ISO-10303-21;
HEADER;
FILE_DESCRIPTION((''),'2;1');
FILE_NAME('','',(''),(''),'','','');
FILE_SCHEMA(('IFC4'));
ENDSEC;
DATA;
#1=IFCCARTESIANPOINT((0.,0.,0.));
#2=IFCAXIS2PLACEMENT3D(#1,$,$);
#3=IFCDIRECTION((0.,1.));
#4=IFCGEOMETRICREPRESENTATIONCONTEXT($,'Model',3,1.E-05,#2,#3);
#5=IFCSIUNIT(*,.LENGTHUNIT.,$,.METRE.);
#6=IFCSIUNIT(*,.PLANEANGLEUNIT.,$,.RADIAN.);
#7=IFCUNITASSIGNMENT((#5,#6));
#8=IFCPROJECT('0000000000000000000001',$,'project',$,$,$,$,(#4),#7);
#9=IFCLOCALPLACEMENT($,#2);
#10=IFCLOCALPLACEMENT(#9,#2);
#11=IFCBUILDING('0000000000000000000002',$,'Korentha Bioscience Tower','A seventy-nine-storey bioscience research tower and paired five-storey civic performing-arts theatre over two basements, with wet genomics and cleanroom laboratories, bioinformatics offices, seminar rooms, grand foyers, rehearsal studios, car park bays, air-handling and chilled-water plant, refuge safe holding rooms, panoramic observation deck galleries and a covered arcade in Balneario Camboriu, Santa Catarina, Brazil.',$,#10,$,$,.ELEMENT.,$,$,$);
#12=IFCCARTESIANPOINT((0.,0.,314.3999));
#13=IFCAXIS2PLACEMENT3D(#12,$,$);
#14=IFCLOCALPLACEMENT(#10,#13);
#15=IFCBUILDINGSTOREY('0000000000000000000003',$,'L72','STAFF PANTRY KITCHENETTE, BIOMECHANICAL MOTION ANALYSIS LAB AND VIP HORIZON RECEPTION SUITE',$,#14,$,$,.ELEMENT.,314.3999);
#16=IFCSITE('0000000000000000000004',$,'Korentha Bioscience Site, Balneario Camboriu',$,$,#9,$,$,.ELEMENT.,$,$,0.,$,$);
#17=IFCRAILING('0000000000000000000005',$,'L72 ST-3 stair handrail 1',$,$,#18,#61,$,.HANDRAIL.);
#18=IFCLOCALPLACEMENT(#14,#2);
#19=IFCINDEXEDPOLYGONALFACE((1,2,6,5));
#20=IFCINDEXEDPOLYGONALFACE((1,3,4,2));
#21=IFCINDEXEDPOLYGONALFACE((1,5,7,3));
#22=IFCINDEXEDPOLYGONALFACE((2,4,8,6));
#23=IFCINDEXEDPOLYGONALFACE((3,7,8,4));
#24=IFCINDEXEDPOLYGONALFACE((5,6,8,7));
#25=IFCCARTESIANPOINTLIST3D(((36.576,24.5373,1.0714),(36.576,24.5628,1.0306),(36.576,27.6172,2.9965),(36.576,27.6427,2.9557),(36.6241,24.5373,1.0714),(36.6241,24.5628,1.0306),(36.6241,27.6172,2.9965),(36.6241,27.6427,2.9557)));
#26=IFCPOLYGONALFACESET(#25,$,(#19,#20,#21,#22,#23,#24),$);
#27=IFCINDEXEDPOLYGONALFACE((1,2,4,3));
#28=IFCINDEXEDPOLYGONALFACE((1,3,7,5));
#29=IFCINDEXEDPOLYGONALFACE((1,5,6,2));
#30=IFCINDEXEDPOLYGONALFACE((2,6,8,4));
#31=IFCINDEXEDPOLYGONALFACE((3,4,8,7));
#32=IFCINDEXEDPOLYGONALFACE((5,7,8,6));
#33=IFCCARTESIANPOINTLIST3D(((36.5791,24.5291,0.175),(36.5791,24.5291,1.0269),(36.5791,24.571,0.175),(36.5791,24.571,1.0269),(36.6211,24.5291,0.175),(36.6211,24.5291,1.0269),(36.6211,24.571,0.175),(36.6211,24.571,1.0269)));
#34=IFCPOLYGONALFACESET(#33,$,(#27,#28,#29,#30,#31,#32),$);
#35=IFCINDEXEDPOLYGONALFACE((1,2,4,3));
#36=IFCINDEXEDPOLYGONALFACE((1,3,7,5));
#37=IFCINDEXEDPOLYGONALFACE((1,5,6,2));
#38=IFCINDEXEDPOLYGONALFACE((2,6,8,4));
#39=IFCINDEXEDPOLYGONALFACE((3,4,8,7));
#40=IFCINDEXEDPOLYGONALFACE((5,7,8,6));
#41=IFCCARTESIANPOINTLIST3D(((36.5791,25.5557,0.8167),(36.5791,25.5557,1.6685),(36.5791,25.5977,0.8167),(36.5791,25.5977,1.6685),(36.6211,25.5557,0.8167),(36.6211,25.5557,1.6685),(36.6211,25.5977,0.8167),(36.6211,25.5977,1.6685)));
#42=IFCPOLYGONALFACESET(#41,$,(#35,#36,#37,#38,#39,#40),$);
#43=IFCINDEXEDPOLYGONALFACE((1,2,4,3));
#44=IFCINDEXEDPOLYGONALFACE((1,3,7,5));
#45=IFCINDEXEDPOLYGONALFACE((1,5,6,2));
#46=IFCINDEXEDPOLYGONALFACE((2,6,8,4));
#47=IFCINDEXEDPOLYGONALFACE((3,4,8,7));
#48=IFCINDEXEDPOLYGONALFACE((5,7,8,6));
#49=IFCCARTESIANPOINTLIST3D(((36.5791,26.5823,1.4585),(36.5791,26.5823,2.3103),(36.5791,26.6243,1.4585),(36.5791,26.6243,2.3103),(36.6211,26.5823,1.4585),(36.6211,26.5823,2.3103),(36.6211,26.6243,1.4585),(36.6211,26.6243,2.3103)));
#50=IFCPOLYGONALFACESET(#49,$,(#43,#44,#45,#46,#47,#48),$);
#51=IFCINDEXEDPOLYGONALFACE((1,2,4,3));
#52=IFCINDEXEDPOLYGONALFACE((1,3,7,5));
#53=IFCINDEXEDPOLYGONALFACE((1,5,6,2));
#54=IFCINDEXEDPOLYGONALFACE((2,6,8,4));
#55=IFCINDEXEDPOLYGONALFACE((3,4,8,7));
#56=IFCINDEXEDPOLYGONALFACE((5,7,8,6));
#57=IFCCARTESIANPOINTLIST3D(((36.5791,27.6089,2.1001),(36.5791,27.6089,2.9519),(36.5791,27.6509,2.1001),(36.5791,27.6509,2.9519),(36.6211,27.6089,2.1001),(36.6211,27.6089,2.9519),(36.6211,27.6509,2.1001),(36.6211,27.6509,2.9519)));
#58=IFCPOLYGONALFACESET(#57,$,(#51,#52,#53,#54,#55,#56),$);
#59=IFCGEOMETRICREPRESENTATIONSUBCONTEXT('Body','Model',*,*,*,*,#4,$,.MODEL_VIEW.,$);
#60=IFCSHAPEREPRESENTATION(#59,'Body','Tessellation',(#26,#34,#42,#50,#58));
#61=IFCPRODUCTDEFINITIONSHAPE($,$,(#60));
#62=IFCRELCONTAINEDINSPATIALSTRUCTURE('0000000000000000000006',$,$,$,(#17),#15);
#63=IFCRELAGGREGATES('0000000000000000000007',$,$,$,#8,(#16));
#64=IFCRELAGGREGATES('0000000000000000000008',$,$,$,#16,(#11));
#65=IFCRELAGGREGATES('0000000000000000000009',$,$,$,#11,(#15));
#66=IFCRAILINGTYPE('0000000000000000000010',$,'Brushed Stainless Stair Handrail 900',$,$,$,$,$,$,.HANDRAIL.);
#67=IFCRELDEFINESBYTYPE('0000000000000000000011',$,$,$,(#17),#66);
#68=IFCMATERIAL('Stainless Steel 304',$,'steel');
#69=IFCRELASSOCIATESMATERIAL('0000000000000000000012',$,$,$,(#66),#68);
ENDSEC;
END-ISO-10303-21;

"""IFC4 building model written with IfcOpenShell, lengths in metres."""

from ifc_helpers import new_model, si_unit, direction, frame, origin, origin_2d, place, context, subcontext, project, spatial, rectangle, extrude, material, type_object, element, save


model = new_model("IFC4")

# Units and contexts
model_context = context("Model", 3, precision=1e-05, world=origin(), true_north=direction((0.0, 1.0)))
body_context = subcontext(model_context, "Body", "Model", "MODEL_VIEW")
ifc_project = project(units=[si_unit("LENGTHUNIT", "METRE"), si_unit("PLANEANGLEUNIT", "RADIAN")], contexts=[model_context])

# Site, building, storey
site_placement = place(None, origin())
site = spatial("IfcSite", under=ifc_project, at=site_placement, Name="Korentha Bioscience Site, Balneario Camboriu", CompositionType="ELEMENT", RefElevation=0.0)
building_placement = place(site_placement, origin())
building = spatial("IfcBuilding", under=site, at=building_placement, Name="Korentha Bioscience Tower", Description="A seventy-nine-storey bioscience research tower and paired five-storey civic performing-arts theatre over two basements, with wet genomics and cleanroom laboratories, bioinformatics offices, seminar rooms, grand foyers, rehearsal studios, car park bays, air-handling and chilled-water plant, refuge safe holding rooms, panoramic observation deck galleries and a covered arcade in Balneario Camboriu, Santa Catarina, Brazil.", CompositionType="ELEMENT")
storey_placement = place(building_placement, frame((0.0, 0.0, 314.3999)))
storey = spatial("IfcBuildingStorey", under=building, at=storey_placement, Name="L72", Description="STAFF PANTRY KITCHENETTE, BIOMECHANICAL MOTION ANALYSIS LAB AND VIP HORIZON RECEPTION SUITE", CompositionType="ELEMENT", Elevation=314.3999)

# Railing
ifc_material_1 = material(Name="Stainless Steel 304", Category="steel")
railing_type = type_object("IfcRailingType", Name="Brushed Stainless Stair Handrail 900", PredefinedType="HANDRAIL", material=ifc_material_1)
railing_placement = place(storey_placement, frame((36.6001, 24.55, 0.175)))
element("IfcRailing", 1, at=railing_placement, inside=storey, type_object=railing_type, Name="L72 ST-3 stair handrail 1", PredefinedType="HANDRAIL", context=body_context, shape_type="SweptSolid", body=[
    extrude(rectangle(XDim=0.0481, YDim=0.0481, at=origin_2d()), frame((0.0, 0.0, 0.876), z_axis=(0.0, 0.847979, 0.530029), x_axis=(-1.0, 0.0, 0.0)), (0.0, 0.0, 1.0), 3.6321),
    extrude(rectangle(XDim=0.042, YDim=0.042, at=origin_2d()), origin(), (0.0, 0.0, 1.0), 0.8518),
    extrude(rectangle(XDim=0.042, YDim=0.042, at=origin_2d()), frame((0.0, 1.0266, 0.6416)), (0.0, 0.0, 1.0), 0.8518),
    extrude(rectangle(XDim=0.042, YDim=0.042, at=origin_2d()), frame((0.0, 2.0532, 1.2834)), (0.0, 0.0, 1.0), 0.8518),
    extrude(rectangle(XDim=0.042, YDim=0.042, at=origin_2d()), frame((0.0, 3.0798, 1.925)), (0.0, 0.0, 1.0), 0.8518),
])

save(model, "model.ifc")
